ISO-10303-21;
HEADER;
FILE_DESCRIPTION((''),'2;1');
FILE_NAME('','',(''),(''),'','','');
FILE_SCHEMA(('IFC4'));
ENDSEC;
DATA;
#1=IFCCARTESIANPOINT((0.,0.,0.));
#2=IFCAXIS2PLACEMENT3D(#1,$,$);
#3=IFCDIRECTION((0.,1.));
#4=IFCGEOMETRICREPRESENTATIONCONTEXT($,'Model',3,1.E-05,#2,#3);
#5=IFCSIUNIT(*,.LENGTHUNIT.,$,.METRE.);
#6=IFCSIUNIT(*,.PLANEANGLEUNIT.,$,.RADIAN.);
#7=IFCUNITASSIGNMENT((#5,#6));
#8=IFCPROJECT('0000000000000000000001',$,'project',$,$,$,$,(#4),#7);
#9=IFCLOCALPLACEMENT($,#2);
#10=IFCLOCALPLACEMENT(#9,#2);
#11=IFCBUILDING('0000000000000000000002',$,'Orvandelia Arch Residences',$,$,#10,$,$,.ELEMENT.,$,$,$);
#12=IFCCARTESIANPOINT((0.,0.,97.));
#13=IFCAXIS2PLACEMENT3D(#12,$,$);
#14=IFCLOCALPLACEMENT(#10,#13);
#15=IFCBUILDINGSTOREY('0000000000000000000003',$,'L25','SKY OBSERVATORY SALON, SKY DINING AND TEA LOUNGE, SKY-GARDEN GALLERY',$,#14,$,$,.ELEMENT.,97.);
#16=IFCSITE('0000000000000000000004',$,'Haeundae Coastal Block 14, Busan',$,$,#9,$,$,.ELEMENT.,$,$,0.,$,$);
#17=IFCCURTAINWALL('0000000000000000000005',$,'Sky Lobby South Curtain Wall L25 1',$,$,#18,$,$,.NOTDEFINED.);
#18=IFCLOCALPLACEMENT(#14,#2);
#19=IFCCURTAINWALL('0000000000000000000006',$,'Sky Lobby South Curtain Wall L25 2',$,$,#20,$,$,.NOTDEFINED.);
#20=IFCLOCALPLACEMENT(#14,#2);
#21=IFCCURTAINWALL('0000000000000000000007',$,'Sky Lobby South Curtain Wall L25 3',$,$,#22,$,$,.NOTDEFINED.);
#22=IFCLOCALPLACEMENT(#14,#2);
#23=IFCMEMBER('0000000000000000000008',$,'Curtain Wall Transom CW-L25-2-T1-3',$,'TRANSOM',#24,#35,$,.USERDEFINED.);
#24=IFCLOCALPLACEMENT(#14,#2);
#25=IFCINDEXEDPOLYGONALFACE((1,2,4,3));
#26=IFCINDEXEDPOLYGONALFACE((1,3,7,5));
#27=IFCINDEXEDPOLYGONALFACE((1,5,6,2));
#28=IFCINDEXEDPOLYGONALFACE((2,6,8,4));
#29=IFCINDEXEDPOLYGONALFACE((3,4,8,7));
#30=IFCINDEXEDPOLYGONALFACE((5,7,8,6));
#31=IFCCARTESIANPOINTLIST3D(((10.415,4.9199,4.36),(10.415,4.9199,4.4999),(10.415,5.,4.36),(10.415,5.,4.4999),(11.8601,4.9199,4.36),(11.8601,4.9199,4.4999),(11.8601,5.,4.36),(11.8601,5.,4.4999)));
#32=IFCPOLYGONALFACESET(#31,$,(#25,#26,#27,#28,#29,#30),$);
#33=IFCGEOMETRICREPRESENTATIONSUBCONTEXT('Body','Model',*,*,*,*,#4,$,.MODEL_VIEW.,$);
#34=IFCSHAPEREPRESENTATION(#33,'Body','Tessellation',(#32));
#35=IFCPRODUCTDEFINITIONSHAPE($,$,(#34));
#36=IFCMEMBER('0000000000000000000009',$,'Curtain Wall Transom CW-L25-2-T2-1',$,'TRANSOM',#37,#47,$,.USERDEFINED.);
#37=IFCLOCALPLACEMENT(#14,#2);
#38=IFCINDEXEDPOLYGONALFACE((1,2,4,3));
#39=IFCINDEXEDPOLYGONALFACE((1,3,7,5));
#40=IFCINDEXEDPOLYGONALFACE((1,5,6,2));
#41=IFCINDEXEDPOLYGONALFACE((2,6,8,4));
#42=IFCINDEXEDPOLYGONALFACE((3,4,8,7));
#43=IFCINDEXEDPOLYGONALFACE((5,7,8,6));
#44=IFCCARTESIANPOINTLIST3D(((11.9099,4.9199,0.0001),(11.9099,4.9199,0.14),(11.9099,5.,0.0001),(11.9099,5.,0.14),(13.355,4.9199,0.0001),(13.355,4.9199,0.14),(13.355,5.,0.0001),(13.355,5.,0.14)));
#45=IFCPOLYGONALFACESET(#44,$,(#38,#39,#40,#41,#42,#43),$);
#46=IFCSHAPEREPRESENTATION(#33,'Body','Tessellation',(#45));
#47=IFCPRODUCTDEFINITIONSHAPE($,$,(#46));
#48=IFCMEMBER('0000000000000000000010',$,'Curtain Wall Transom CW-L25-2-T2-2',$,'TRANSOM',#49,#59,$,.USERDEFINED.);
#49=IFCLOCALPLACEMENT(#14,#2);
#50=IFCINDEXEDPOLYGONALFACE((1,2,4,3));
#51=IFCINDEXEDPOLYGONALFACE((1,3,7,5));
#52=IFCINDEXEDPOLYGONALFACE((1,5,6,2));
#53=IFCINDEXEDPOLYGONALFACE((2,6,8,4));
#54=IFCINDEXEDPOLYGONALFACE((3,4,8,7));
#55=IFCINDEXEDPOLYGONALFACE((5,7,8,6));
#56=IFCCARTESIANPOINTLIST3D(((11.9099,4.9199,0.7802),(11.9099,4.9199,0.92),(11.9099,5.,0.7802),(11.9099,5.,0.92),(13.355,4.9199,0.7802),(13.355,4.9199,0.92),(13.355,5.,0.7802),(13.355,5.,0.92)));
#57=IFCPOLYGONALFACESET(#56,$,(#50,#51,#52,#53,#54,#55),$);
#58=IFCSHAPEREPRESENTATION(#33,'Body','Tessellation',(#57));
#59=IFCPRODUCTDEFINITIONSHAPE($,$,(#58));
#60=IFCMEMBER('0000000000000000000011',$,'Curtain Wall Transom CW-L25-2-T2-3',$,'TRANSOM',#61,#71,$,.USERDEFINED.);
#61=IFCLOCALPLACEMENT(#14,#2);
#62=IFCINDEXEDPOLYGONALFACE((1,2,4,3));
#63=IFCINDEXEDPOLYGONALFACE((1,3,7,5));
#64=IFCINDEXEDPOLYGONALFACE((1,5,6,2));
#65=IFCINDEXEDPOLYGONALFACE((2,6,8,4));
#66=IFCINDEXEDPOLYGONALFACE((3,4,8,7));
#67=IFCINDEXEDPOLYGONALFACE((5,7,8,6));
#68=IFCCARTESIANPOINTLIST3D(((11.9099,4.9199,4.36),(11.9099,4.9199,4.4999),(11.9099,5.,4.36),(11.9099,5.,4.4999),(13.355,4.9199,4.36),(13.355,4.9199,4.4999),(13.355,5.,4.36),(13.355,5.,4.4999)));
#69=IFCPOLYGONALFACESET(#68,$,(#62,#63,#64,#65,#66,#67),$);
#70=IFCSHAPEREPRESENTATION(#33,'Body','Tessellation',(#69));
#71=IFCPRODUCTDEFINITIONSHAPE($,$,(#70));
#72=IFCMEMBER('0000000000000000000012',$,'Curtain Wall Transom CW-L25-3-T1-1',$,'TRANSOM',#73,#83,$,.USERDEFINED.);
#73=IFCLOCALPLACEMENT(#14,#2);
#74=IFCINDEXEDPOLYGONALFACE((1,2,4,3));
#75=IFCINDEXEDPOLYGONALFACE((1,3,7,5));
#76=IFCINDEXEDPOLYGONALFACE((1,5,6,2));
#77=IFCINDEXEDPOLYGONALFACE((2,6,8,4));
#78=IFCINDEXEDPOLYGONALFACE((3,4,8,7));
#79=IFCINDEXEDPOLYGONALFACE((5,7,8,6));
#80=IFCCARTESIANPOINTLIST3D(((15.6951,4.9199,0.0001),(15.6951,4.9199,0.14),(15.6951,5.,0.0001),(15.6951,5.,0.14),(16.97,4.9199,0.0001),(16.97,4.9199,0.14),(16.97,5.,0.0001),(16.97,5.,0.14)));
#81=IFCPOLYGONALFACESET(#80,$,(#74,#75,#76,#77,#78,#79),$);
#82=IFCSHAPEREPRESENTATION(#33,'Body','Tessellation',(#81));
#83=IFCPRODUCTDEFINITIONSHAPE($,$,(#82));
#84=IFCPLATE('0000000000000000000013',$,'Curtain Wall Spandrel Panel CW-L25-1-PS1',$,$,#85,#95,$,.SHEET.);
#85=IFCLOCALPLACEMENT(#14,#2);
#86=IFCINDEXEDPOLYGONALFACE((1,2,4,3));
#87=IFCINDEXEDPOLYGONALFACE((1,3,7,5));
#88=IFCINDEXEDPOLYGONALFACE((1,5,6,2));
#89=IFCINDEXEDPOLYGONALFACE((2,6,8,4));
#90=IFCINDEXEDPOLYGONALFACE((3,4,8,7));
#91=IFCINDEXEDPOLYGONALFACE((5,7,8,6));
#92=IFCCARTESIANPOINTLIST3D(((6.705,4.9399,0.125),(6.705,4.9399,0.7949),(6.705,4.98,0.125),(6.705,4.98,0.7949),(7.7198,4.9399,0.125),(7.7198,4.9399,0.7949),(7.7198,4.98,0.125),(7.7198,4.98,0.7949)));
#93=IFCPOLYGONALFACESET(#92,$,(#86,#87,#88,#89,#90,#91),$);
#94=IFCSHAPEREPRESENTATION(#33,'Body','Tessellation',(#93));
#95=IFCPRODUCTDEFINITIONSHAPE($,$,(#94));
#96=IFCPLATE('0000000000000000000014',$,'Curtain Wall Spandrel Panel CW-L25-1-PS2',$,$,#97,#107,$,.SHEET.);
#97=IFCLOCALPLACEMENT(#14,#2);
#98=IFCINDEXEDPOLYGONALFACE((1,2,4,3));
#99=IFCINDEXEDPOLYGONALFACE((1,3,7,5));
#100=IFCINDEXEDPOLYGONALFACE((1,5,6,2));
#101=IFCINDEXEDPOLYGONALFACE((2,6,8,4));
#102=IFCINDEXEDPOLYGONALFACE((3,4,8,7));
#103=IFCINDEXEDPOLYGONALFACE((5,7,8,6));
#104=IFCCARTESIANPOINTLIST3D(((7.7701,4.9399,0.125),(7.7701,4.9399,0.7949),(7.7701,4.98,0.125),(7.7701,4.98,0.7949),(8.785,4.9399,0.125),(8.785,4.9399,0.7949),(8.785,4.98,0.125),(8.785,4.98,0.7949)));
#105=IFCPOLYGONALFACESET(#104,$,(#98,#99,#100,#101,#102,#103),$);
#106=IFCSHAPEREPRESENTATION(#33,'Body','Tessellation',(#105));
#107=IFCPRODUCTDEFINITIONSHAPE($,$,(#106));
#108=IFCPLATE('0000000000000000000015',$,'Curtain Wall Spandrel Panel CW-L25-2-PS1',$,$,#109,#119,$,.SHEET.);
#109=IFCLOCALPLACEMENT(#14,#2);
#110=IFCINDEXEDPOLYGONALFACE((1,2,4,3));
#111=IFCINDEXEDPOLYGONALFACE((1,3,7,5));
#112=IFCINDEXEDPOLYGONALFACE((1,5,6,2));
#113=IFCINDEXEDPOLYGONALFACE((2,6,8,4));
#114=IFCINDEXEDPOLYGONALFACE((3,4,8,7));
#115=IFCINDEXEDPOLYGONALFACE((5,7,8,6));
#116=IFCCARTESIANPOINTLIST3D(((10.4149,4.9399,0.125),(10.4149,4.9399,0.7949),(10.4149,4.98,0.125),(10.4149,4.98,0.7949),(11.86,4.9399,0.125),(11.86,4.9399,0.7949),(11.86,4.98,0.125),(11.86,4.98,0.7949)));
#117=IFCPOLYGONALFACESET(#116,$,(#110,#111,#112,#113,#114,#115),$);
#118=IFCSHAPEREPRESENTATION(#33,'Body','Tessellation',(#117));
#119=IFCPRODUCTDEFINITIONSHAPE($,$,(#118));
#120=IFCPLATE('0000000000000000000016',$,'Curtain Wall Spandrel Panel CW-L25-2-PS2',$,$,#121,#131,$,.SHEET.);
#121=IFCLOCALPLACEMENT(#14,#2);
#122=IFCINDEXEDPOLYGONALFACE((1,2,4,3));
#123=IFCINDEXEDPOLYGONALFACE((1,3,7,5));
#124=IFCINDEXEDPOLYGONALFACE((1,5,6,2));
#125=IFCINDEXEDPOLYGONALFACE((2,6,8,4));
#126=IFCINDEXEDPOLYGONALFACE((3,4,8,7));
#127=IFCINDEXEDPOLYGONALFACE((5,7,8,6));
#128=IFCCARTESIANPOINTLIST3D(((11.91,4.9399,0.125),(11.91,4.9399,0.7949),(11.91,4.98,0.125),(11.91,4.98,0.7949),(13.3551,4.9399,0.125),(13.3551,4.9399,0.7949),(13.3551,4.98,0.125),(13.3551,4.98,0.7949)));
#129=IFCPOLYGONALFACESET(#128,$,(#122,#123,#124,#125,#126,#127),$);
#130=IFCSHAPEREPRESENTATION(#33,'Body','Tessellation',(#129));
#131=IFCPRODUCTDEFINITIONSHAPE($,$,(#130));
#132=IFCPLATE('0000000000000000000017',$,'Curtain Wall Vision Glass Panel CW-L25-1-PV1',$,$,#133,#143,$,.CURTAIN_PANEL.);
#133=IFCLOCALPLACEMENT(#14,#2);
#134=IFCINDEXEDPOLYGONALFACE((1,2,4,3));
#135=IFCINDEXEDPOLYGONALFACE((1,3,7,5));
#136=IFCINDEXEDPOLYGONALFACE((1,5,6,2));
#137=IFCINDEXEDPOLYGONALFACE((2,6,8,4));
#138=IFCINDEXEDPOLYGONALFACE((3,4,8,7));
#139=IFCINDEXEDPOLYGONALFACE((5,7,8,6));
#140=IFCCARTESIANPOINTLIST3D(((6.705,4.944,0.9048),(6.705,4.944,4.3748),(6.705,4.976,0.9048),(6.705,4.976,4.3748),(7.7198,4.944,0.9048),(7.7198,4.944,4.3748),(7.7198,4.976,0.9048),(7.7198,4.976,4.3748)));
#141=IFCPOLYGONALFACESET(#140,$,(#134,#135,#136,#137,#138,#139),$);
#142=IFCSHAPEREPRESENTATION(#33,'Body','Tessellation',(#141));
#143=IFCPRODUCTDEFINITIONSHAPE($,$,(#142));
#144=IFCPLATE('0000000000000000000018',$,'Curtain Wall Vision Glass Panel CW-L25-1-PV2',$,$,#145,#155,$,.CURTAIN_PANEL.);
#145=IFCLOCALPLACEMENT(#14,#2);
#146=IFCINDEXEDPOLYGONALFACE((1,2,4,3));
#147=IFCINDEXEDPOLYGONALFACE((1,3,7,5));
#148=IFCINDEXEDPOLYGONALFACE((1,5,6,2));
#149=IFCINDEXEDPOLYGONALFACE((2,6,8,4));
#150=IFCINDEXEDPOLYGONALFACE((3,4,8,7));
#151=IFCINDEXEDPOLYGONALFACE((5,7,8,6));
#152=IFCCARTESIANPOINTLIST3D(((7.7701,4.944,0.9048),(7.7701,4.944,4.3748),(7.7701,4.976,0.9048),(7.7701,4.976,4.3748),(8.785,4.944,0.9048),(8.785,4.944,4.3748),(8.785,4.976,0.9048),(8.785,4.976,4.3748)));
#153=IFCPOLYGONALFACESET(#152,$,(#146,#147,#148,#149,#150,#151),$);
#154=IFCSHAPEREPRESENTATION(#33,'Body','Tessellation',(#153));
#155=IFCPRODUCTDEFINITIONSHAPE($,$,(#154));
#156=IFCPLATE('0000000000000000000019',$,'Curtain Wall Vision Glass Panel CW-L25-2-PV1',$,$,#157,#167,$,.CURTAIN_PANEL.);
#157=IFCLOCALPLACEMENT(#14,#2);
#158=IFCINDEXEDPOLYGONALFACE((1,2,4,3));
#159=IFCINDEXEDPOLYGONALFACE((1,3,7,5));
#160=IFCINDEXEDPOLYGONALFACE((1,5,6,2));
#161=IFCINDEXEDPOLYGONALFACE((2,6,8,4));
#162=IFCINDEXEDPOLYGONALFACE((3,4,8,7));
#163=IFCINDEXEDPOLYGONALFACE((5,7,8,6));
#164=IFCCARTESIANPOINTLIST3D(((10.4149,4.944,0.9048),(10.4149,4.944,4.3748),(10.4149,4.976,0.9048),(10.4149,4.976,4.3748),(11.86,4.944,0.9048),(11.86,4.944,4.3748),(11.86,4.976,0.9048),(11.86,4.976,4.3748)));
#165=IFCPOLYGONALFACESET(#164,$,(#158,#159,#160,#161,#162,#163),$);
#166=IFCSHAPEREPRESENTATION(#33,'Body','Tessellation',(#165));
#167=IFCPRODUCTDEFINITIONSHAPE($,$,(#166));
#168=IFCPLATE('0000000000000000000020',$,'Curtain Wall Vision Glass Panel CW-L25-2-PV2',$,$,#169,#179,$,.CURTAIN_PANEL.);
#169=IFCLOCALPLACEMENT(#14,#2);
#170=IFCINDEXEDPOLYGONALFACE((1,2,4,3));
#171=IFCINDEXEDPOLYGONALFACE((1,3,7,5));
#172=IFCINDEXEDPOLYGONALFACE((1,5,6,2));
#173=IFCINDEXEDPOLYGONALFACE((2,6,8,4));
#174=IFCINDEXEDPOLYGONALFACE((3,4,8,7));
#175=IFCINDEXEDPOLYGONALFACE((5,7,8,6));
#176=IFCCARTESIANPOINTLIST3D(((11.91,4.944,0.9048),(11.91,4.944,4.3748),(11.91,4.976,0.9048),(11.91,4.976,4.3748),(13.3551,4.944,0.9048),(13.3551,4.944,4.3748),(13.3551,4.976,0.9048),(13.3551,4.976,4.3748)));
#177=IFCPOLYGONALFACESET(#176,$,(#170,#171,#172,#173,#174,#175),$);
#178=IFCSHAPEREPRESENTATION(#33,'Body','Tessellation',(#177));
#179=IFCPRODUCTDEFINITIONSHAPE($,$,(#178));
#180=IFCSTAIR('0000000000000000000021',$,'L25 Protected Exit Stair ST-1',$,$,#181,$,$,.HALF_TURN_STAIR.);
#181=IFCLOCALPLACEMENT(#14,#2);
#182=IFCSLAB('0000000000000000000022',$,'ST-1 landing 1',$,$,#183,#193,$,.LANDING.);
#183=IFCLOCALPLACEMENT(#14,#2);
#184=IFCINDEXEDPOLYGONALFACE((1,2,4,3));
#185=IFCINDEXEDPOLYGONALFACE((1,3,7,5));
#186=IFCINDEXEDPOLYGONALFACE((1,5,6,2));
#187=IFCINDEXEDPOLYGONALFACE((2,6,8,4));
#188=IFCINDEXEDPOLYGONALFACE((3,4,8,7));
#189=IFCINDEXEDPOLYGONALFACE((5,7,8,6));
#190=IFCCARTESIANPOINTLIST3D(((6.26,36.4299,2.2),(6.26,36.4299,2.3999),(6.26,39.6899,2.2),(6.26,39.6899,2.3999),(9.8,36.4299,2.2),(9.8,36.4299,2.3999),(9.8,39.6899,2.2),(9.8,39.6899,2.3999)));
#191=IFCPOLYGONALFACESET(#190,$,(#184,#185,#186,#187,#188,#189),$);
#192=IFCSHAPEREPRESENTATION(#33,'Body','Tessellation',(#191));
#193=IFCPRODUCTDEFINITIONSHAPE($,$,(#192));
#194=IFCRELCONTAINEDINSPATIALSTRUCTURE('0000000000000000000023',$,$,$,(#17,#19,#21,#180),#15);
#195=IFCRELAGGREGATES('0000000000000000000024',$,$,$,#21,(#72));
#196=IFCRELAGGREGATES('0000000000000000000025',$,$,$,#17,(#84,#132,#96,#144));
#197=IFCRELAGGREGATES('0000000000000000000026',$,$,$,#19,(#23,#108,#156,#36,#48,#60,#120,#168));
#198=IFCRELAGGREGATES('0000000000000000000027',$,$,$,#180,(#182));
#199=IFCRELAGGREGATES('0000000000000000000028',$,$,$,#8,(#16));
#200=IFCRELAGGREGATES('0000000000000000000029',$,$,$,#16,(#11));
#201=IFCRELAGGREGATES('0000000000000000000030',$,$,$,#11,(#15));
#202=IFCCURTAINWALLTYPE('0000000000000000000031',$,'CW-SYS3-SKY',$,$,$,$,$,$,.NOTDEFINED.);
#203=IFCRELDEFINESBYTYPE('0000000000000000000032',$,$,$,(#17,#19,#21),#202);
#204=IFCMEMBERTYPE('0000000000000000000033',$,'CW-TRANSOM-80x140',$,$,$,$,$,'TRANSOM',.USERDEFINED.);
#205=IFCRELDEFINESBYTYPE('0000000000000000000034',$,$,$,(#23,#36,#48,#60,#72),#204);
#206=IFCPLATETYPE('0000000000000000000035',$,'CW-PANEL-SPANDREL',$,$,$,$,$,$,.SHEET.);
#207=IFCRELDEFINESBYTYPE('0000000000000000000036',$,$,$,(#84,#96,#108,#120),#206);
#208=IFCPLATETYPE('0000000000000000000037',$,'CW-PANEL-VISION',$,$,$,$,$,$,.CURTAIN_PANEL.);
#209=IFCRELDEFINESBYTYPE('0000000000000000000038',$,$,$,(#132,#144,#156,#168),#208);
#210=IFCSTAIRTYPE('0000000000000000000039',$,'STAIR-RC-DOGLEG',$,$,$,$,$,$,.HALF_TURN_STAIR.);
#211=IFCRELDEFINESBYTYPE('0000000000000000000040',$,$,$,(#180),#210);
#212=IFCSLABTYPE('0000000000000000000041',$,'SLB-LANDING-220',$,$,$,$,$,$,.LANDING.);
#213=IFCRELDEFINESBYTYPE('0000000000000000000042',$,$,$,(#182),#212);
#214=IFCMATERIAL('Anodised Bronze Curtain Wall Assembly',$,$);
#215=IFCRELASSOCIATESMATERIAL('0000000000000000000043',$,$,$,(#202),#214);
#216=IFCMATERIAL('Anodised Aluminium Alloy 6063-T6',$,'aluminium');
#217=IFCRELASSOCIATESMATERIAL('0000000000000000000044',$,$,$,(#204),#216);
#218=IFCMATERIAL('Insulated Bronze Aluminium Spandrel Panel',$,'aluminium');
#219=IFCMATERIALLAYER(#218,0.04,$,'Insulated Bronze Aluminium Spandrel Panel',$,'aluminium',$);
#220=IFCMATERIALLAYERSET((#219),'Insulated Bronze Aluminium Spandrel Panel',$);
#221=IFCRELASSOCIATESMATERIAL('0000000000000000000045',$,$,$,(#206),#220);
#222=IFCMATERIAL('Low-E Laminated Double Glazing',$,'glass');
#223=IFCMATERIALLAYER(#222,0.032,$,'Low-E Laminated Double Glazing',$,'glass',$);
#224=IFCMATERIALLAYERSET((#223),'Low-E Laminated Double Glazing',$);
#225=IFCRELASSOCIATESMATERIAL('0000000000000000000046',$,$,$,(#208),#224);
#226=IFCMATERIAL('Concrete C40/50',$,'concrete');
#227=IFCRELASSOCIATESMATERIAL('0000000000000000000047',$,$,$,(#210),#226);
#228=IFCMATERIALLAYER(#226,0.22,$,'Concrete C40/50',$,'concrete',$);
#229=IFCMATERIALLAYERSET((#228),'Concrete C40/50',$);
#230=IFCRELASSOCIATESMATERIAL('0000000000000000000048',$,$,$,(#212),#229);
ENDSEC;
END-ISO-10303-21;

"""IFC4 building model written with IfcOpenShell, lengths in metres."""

from ifc_helpers import new_model, si_unit, direction, frame, origin, origin_2d, place, context, subcontext, project, spatial, polyline, rectangle, outline, extrude, material, layer, layer_set, material_profile, profile_set, type_object, element, aggregate, save


model = new_model("IFC4")

# Units and contexts
model_context = context("Model", 3, precision=1e-05, world=origin(), true_north=direction((0.0, 1.0)))
body_context = subcontext(model_context, "Body", "Model", "MODEL_VIEW")
ifc_project = project(units=[si_unit("LENGTHUNIT", "METRE"), si_unit("PLANEANGLEUNIT", "RADIAN")], contexts=[model_context])

# Site, building, storey
site_placement = place(None, origin())
site = spatial("IfcSite", under=ifc_project, at=site_placement, Name="Haeundae Coastal Block 14, Busan", CompositionType="ELEMENT", RefElevation=0.0)
building_placement = place(site_placement, origin())
building = spatial("IfcBuilding", under=site, at=building_placement, Name="Orvandelia Arch Residences", CompositionType="ELEMENT")
storey_placement = place(building_placement, frame((0.0, 0.0, 97.0)))
storey = spatial("IfcBuildingStorey", under=building, at=storey_placement, Name="L25", Description="SKY OBSERVATORY SALON, SKY DINING AND TEA LOUNGE, SKY-GARDEN GALLERY", CompositionType="ELEMENT", Elevation=97.0)

# Curtain walls
ifc_material_1 = material(Name="Anodised Bronze Curtain Wall Assembly")
curtain_wall_type = type_object("IfcCurtainWallType", Name="CW-SYS3-SKY", PredefinedType="NOTDEFINED", material=ifc_material_1)
curtain_wall_1_placement = place(storey_placement, origin())
curtain_wall_1 = element("IfcCurtainWall", 1, at=curtain_wall_1_placement, inside=storey, type_object=curtain_wall_type, Name="Sky Lobby South Curtain Wall L25 1", PredefinedType="NOTDEFINED")
ifc_material_2 = material(Name="Anodised Aluminium Alloy 6063-T6", Category="aluminium")
curtain_wall_2_placement = place(storey_placement, origin())
curtain_wall_2 = element("IfcCurtainWall", 2, at=curtain_wall_2_placement, inside=storey, type_object=curtain_wall_type, Name="Sky Lobby South Curtain Wall L25 2", PredefinedType="NOTDEFINED")

# Curtain wall
curtain_wall_3_placement = place(storey_placement, origin())
curtain_wall_3 = element("IfcCurtainWall", 3, at=curtain_wall_3_placement, inside=storey, type_object=curtain_wall_type, Name="Sky Lobby South Curtain Wall L25 3", PredefinedType="NOTDEFINED")

# Members
ifc_material_profile_1 = material_profile(ifc_material_2, rectangle(XDim=0.0801, YDim=0.1399, at=origin_2d()), Name="Anodised Aluminium Alloy 6063-T6", Category="aluminium")
ifc_profile_set_1 = profile_set([ifc_material_profile_1], Name="Anodised Aluminium Alloy 6063-T6")
member_type_1 = type_object("IfcMemberType", Name="CW-TRANSOM-80x140", ElementType="TRANSOM", PredefinedType="USERDEFINED", material=ifc_profile_set_1)
member_1_placement = place(storey_placement, frame((10.415, 4.96, 4.4299), z_axis=(1.0, 0.0, 0.0), x_axis=(0.0, 1.0, 0.0)))
member_1 = element("IfcMember", 4, at=member_1_placement, type_object=member_type_1, Name="Curtain Wall Transom CW-L25-2-T1-3", ObjectType="TRANSOM", PredefinedType="USERDEFINED", context=body_context, shape_type="SweptSolid", body=[
    extrude(rectangle(XDim=0.0801, YDim=0.1399, at=origin_2d()), origin(), (0.0, 0.0, 1.0), 1.4451),
])
member_2_placement = place(storey_placement, frame((11.9099, 4.96, 0.0701), z_axis=(1.0, 0.0, 0.0), x_axis=(0.0, 1.0, 0.0)))
member_2 = element("IfcMember", 5, at=member_2_placement, type_object=member_type_1, Name="Curtain Wall Transom CW-L25-2-T2-1", ObjectType="TRANSOM", PredefinedType="USERDEFINED", context=body_context, shape_type="SweptSolid", body=[
    extrude(rectangle(XDim=0.0801, YDim=0.1399, at=origin_2d()), origin(), (0.0, 0.0, 1.0), 1.4451),
])
member_3_placement = place(storey_placement, frame((11.9099, 4.96, 0.8501), z_axis=(1.0, 0.0, 0.0), x_axis=(0.0, 1.0, 0.0)))
member_3 = element("IfcMember", 6, at=member_3_placement, type_object=member_type_1, Name="Curtain Wall Transom CW-L25-2-T2-2", ObjectType="TRANSOM", PredefinedType="USERDEFINED", context=body_context, shape_type="SweptSolid", body=[
    extrude(rectangle(XDim=0.0801, YDim=0.1399, at=origin_2d()), origin(), (0.0, 0.0, 1.0), 1.4451),
])
member_4_placement = place(storey_placement, frame((11.9099, 4.96, 4.4299), z_axis=(1.0, 0.0, 0.0), x_axis=(0.0, 1.0, 0.0)))
member_4 = element("IfcMember", 7, at=member_4_placement, type_object=member_type_1, Name="Curtain Wall Transom CW-L25-2-T2-3", ObjectType="TRANSOM", PredefinedType="USERDEFINED", context=body_context, shape_type="SweptSolid", body=[
    extrude(rectangle(XDim=0.0801, YDim=0.1399, at=origin_2d()), origin(), (0.0, 0.0, 1.0), 1.4451),
])
member_5_placement = place(storey_placement, frame((15.6951, 4.96, 0.0701), z_axis=(1.0, 0.0, 0.0), x_axis=(0.0, 1.0, 0.0)))
member_5 = element("IfcMember", 8, at=member_5_placement, type_object=member_type_1, Name="Curtain Wall Transom CW-L25-3-T1-1", ObjectType="TRANSOM", PredefinedType="USERDEFINED", context=body_context, shape_type="SweptSolid", body=[
    extrude(rectangle(XDim=0.0801, YDim=0.1399, at=origin_2d()), origin(), (0.0, 0.0, 1.0), 1.2749),
])
aggregate(curtain_wall_3, [member_5])

# Plates
ifc_material_3 = material(Name="Insulated Bronze Aluminium Spandrel Panel", Category="aluminium")
ifc_layer_1 = layer(ifc_material_3, 0.04, Name="Insulated Bronze Aluminium Spandrel Panel", Category="aluminium")
ifc_layer_set_1 = layer_set([ifc_layer_1], Name="Insulated Bronze Aluminium Spandrel Panel")
plate_type_1 = type_object("IfcPlateType", Name="CW-PANEL-SPANDREL", PredefinedType="SHEET", material=ifc_layer_set_1)
plate_1_placement = place(storey_placement, frame((7.2124, 4.96, 0.125), z_axis=(0.0, 0.0, 1.0), x_axis=(1.0, 0.0, 0.0)))
plate_1 = element("IfcPlate", 9, at=plate_1_placement, type_object=plate_type_1, Name="Curtain Wall Spandrel Panel CW-L25-1-PS1", PredefinedType="SHEET", context=body_context, shape_type="SweptSolid", body=[
    extrude(rectangle(XDim=1.0149, YDim=0.04, at=origin_2d()), origin(), (0.0, 0.0, 1.0), 0.6699),
])
plate_2_placement = place(storey_placement, frame((8.2776, 4.96, 0.125), z_axis=(0.0, 0.0, 1.0), x_axis=(1.0, 0.0, 0.0)))
plate_2 = element("IfcPlate", 10, at=plate_2_placement, type_object=plate_type_1, Name="Curtain Wall Spandrel Panel CW-L25-1-PS2", PredefinedType="SHEET", context=body_context, shape_type="SweptSolid", body=[
    extrude(rectangle(XDim=1.0149, YDim=0.04, at=origin_2d()), origin(), (0.0, 0.0, 1.0), 0.6699),
])
plate_3_placement = place(storey_placement, frame((11.1375, 4.96, 0.125), z_axis=(0.0, 0.0, 1.0), x_axis=(1.0, 0.0, 0.0)))
plate_3 = element("IfcPlate", 11, at=plate_3_placement, type_object=plate_type_1, Name="Curtain Wall Spandrel Panel CW-L25-2-PS1", PredefinedType="SHEET", context=body_context, shape_type="SweptSolid", body=[
    extrude(rectangle(XDim=1.4451, YDim=0.04, at=origin_2d()), origin(), (0.0, 0.0, 1.0), 0.6699),
])
plate_4_placement = place(storey_placement, frame((12.6326, 4.96, 0.125), z_axis=(0.0, 0.0, 1.0), x_axis=(1.0, 0.0, 0.0)))
plate_4 = element("IfcPlate", 12, at=plate_4_placement, type_object=plate_type_1, Name="Curtain Wall Spandrel Panel CW-L25-2-PS2", PredefinedType="SHEET", context=body_context, shape_type="SweptSolid", body=[
    extrude(rectangle(XDim=1.4451, YDim=0.04, at=origin_2d()), origin(), (0.0, 0.0, 1.0), 0.6699),
])
ifc_material_4 = material(Name="Low-E Laminated Double Glazing", Category="glass")
ifc_layer_2 = layer(ifc_material_4, 0.032, Name="Low-E Laminated Double Glazing", Category="glass")
ifc_layer_set_2 = layer_set([ifc_layer_2], Name="Low-E Laminated Double Glazing")
plate_type_2 = type_object("IfcPlateType", Name="CW-PANEL-VISION", PredefinedType="CURTAIN_PANEL", material=ifc_layer_set_2)
plate_5_placement = place(storey_placement, frame((7.2124, 4.96, 0.9048), z_axis=(0.0, 0.0, 1.0), x_axis=(1.0, 0.0, 0.0)))
plate_5 = element("IfcPlate", 13, at=plate_5_placement, type_object=plate_type_2, Name="Curtain Wall Vision Glass Panel CW-L25-1-PV1", PredefinedType="CURTAIN_PANEL", context=body_context, shape_type="SweptSolid", body=[
    extrude(rectangle(XDim=1.0149, YDim=0.032, at=origin_2d()), origin(), (0.0, 0.0, 1.0), 3.47),
])
plate_6_placement = place(storey_placement, frame((8.2776, 4.96, 0.9048), z_axis=(0.0, 0.0, 1.0), x_axis=(1.0, 0.0, 0.0)))
plate_6 = element("IfcPlate", 14, at=plate_6_placement, type_object=plate_type_2, Name="Curtain Wall Vision Glass Panel CW-L25-1-PV2", PredefinedType="CURTAIN_PANEL", context=body_context, shape_type="SweptSolid", body=[
    extrude(rectangle(XDim=1.0149, YDim=0.032, at=origin_2d()), origin(), (0.0, 0.0, 1.0), 3.47),
])
aggregate(curtain_wall_1, [plate_1, plate_5, plate_2, plate_6])
plate_7_placement = place(storey_placement, frame((11.1375, 4.96, 0.9048), z_axis=(0.0, 0.0, 1.0), x_axis=(1.0, 0.0, 0.0)))
plate_7 = element("IfcPlate", 15, at=plate_7_placement, type_object=plate_type_2, Name="Curtain Wall Vision Glass Panel CW-L25-2-PV1", PredefinedType="CURTAIN_PANEL", context=body_context, shape_type="SweptSolid", body=[
    extrude(rectangle(XDim=1.4451, YDim=0.032, at=origin_2d()), origin(), (0.0, 0.0, 1.0), 3.47),
])
plate_8_placement = place(storey_placement, frame((12.6326, 4.96, 0.9048), z_axis=(0.0, 0.0, 1.0), x_axis=(1.0, 0.0, 0.0)))
plate_8 = element("IfcPlate", 16, at=plate_8_placement, type_object=plate_type_2, Name="Curtain Wall Vision Glass Panel CW-L25-2-PV2", PredefinedType="CURTAIN_PANEL", context=body_context, shape_type="SweptSolid", body=[
    extrude(rectangle(XDim=1.4451, YDim=0.032, at=origin_2d()), origin(), (0.0, 0.0, 1.0), 3.47),
])
aggregate(curtain_wall_2, [member_1, plate_3, plate_7, member_2, member_3, member_4, plate_4, plate_8])

# Stair, slab
ifc_material_5 = material(Name="Concrete C40/50", Category="concrete")
stair_type = type_object("IfcStairType", Name="STAIR-RC-DOGLEG", PredefinedType="HALF_TURN_STAIR", material=ifc_material_5)
stair_1_placement = place(storey_placement, origin())
stair_1 = element("IfcStair", 17, at=stair_1_placement, inside=storey, type_object=stair_type, Name="L25 Protected Exit Stair ST-1", PredefinedType="HALF_TURN_STAIR")
ifc_layer_3 = layer(ifc_material_5, 0.22, Name="Concrete C40/50", Category="concrete")
ifc_layer_set_3 = layer_set([ifc_layer_3], Name="Concrete C40/50")
slab_type_1 = type_object("IfcSlabType", Name="SLB-LANDING-220", PredefinedType="LANDING", material=ifc_layer_set_3)
slab_1_placement = place(storey_placement, frame((0.0, 0.0, 2.2)))
slab_1 = element("IfcSlab", 18, at=slab_1_placement, type_object=slab_type_1, Name="ST-1 landing 1", PredefinedType="LANDING", context=body_context, shape_type="SweptSolid", body=[
    extrude(outline(polyline([(9.8, 36.4299), (9.8, 39.6899), (6.26, 39.6899), (6.26, 36.4299), (9.8, 36.4299)])), origin(), (0.0, 0.0, 1.0), 0.2),
])
aggregate(stair_1, [slab_1])

save(model, "model.ifc")
